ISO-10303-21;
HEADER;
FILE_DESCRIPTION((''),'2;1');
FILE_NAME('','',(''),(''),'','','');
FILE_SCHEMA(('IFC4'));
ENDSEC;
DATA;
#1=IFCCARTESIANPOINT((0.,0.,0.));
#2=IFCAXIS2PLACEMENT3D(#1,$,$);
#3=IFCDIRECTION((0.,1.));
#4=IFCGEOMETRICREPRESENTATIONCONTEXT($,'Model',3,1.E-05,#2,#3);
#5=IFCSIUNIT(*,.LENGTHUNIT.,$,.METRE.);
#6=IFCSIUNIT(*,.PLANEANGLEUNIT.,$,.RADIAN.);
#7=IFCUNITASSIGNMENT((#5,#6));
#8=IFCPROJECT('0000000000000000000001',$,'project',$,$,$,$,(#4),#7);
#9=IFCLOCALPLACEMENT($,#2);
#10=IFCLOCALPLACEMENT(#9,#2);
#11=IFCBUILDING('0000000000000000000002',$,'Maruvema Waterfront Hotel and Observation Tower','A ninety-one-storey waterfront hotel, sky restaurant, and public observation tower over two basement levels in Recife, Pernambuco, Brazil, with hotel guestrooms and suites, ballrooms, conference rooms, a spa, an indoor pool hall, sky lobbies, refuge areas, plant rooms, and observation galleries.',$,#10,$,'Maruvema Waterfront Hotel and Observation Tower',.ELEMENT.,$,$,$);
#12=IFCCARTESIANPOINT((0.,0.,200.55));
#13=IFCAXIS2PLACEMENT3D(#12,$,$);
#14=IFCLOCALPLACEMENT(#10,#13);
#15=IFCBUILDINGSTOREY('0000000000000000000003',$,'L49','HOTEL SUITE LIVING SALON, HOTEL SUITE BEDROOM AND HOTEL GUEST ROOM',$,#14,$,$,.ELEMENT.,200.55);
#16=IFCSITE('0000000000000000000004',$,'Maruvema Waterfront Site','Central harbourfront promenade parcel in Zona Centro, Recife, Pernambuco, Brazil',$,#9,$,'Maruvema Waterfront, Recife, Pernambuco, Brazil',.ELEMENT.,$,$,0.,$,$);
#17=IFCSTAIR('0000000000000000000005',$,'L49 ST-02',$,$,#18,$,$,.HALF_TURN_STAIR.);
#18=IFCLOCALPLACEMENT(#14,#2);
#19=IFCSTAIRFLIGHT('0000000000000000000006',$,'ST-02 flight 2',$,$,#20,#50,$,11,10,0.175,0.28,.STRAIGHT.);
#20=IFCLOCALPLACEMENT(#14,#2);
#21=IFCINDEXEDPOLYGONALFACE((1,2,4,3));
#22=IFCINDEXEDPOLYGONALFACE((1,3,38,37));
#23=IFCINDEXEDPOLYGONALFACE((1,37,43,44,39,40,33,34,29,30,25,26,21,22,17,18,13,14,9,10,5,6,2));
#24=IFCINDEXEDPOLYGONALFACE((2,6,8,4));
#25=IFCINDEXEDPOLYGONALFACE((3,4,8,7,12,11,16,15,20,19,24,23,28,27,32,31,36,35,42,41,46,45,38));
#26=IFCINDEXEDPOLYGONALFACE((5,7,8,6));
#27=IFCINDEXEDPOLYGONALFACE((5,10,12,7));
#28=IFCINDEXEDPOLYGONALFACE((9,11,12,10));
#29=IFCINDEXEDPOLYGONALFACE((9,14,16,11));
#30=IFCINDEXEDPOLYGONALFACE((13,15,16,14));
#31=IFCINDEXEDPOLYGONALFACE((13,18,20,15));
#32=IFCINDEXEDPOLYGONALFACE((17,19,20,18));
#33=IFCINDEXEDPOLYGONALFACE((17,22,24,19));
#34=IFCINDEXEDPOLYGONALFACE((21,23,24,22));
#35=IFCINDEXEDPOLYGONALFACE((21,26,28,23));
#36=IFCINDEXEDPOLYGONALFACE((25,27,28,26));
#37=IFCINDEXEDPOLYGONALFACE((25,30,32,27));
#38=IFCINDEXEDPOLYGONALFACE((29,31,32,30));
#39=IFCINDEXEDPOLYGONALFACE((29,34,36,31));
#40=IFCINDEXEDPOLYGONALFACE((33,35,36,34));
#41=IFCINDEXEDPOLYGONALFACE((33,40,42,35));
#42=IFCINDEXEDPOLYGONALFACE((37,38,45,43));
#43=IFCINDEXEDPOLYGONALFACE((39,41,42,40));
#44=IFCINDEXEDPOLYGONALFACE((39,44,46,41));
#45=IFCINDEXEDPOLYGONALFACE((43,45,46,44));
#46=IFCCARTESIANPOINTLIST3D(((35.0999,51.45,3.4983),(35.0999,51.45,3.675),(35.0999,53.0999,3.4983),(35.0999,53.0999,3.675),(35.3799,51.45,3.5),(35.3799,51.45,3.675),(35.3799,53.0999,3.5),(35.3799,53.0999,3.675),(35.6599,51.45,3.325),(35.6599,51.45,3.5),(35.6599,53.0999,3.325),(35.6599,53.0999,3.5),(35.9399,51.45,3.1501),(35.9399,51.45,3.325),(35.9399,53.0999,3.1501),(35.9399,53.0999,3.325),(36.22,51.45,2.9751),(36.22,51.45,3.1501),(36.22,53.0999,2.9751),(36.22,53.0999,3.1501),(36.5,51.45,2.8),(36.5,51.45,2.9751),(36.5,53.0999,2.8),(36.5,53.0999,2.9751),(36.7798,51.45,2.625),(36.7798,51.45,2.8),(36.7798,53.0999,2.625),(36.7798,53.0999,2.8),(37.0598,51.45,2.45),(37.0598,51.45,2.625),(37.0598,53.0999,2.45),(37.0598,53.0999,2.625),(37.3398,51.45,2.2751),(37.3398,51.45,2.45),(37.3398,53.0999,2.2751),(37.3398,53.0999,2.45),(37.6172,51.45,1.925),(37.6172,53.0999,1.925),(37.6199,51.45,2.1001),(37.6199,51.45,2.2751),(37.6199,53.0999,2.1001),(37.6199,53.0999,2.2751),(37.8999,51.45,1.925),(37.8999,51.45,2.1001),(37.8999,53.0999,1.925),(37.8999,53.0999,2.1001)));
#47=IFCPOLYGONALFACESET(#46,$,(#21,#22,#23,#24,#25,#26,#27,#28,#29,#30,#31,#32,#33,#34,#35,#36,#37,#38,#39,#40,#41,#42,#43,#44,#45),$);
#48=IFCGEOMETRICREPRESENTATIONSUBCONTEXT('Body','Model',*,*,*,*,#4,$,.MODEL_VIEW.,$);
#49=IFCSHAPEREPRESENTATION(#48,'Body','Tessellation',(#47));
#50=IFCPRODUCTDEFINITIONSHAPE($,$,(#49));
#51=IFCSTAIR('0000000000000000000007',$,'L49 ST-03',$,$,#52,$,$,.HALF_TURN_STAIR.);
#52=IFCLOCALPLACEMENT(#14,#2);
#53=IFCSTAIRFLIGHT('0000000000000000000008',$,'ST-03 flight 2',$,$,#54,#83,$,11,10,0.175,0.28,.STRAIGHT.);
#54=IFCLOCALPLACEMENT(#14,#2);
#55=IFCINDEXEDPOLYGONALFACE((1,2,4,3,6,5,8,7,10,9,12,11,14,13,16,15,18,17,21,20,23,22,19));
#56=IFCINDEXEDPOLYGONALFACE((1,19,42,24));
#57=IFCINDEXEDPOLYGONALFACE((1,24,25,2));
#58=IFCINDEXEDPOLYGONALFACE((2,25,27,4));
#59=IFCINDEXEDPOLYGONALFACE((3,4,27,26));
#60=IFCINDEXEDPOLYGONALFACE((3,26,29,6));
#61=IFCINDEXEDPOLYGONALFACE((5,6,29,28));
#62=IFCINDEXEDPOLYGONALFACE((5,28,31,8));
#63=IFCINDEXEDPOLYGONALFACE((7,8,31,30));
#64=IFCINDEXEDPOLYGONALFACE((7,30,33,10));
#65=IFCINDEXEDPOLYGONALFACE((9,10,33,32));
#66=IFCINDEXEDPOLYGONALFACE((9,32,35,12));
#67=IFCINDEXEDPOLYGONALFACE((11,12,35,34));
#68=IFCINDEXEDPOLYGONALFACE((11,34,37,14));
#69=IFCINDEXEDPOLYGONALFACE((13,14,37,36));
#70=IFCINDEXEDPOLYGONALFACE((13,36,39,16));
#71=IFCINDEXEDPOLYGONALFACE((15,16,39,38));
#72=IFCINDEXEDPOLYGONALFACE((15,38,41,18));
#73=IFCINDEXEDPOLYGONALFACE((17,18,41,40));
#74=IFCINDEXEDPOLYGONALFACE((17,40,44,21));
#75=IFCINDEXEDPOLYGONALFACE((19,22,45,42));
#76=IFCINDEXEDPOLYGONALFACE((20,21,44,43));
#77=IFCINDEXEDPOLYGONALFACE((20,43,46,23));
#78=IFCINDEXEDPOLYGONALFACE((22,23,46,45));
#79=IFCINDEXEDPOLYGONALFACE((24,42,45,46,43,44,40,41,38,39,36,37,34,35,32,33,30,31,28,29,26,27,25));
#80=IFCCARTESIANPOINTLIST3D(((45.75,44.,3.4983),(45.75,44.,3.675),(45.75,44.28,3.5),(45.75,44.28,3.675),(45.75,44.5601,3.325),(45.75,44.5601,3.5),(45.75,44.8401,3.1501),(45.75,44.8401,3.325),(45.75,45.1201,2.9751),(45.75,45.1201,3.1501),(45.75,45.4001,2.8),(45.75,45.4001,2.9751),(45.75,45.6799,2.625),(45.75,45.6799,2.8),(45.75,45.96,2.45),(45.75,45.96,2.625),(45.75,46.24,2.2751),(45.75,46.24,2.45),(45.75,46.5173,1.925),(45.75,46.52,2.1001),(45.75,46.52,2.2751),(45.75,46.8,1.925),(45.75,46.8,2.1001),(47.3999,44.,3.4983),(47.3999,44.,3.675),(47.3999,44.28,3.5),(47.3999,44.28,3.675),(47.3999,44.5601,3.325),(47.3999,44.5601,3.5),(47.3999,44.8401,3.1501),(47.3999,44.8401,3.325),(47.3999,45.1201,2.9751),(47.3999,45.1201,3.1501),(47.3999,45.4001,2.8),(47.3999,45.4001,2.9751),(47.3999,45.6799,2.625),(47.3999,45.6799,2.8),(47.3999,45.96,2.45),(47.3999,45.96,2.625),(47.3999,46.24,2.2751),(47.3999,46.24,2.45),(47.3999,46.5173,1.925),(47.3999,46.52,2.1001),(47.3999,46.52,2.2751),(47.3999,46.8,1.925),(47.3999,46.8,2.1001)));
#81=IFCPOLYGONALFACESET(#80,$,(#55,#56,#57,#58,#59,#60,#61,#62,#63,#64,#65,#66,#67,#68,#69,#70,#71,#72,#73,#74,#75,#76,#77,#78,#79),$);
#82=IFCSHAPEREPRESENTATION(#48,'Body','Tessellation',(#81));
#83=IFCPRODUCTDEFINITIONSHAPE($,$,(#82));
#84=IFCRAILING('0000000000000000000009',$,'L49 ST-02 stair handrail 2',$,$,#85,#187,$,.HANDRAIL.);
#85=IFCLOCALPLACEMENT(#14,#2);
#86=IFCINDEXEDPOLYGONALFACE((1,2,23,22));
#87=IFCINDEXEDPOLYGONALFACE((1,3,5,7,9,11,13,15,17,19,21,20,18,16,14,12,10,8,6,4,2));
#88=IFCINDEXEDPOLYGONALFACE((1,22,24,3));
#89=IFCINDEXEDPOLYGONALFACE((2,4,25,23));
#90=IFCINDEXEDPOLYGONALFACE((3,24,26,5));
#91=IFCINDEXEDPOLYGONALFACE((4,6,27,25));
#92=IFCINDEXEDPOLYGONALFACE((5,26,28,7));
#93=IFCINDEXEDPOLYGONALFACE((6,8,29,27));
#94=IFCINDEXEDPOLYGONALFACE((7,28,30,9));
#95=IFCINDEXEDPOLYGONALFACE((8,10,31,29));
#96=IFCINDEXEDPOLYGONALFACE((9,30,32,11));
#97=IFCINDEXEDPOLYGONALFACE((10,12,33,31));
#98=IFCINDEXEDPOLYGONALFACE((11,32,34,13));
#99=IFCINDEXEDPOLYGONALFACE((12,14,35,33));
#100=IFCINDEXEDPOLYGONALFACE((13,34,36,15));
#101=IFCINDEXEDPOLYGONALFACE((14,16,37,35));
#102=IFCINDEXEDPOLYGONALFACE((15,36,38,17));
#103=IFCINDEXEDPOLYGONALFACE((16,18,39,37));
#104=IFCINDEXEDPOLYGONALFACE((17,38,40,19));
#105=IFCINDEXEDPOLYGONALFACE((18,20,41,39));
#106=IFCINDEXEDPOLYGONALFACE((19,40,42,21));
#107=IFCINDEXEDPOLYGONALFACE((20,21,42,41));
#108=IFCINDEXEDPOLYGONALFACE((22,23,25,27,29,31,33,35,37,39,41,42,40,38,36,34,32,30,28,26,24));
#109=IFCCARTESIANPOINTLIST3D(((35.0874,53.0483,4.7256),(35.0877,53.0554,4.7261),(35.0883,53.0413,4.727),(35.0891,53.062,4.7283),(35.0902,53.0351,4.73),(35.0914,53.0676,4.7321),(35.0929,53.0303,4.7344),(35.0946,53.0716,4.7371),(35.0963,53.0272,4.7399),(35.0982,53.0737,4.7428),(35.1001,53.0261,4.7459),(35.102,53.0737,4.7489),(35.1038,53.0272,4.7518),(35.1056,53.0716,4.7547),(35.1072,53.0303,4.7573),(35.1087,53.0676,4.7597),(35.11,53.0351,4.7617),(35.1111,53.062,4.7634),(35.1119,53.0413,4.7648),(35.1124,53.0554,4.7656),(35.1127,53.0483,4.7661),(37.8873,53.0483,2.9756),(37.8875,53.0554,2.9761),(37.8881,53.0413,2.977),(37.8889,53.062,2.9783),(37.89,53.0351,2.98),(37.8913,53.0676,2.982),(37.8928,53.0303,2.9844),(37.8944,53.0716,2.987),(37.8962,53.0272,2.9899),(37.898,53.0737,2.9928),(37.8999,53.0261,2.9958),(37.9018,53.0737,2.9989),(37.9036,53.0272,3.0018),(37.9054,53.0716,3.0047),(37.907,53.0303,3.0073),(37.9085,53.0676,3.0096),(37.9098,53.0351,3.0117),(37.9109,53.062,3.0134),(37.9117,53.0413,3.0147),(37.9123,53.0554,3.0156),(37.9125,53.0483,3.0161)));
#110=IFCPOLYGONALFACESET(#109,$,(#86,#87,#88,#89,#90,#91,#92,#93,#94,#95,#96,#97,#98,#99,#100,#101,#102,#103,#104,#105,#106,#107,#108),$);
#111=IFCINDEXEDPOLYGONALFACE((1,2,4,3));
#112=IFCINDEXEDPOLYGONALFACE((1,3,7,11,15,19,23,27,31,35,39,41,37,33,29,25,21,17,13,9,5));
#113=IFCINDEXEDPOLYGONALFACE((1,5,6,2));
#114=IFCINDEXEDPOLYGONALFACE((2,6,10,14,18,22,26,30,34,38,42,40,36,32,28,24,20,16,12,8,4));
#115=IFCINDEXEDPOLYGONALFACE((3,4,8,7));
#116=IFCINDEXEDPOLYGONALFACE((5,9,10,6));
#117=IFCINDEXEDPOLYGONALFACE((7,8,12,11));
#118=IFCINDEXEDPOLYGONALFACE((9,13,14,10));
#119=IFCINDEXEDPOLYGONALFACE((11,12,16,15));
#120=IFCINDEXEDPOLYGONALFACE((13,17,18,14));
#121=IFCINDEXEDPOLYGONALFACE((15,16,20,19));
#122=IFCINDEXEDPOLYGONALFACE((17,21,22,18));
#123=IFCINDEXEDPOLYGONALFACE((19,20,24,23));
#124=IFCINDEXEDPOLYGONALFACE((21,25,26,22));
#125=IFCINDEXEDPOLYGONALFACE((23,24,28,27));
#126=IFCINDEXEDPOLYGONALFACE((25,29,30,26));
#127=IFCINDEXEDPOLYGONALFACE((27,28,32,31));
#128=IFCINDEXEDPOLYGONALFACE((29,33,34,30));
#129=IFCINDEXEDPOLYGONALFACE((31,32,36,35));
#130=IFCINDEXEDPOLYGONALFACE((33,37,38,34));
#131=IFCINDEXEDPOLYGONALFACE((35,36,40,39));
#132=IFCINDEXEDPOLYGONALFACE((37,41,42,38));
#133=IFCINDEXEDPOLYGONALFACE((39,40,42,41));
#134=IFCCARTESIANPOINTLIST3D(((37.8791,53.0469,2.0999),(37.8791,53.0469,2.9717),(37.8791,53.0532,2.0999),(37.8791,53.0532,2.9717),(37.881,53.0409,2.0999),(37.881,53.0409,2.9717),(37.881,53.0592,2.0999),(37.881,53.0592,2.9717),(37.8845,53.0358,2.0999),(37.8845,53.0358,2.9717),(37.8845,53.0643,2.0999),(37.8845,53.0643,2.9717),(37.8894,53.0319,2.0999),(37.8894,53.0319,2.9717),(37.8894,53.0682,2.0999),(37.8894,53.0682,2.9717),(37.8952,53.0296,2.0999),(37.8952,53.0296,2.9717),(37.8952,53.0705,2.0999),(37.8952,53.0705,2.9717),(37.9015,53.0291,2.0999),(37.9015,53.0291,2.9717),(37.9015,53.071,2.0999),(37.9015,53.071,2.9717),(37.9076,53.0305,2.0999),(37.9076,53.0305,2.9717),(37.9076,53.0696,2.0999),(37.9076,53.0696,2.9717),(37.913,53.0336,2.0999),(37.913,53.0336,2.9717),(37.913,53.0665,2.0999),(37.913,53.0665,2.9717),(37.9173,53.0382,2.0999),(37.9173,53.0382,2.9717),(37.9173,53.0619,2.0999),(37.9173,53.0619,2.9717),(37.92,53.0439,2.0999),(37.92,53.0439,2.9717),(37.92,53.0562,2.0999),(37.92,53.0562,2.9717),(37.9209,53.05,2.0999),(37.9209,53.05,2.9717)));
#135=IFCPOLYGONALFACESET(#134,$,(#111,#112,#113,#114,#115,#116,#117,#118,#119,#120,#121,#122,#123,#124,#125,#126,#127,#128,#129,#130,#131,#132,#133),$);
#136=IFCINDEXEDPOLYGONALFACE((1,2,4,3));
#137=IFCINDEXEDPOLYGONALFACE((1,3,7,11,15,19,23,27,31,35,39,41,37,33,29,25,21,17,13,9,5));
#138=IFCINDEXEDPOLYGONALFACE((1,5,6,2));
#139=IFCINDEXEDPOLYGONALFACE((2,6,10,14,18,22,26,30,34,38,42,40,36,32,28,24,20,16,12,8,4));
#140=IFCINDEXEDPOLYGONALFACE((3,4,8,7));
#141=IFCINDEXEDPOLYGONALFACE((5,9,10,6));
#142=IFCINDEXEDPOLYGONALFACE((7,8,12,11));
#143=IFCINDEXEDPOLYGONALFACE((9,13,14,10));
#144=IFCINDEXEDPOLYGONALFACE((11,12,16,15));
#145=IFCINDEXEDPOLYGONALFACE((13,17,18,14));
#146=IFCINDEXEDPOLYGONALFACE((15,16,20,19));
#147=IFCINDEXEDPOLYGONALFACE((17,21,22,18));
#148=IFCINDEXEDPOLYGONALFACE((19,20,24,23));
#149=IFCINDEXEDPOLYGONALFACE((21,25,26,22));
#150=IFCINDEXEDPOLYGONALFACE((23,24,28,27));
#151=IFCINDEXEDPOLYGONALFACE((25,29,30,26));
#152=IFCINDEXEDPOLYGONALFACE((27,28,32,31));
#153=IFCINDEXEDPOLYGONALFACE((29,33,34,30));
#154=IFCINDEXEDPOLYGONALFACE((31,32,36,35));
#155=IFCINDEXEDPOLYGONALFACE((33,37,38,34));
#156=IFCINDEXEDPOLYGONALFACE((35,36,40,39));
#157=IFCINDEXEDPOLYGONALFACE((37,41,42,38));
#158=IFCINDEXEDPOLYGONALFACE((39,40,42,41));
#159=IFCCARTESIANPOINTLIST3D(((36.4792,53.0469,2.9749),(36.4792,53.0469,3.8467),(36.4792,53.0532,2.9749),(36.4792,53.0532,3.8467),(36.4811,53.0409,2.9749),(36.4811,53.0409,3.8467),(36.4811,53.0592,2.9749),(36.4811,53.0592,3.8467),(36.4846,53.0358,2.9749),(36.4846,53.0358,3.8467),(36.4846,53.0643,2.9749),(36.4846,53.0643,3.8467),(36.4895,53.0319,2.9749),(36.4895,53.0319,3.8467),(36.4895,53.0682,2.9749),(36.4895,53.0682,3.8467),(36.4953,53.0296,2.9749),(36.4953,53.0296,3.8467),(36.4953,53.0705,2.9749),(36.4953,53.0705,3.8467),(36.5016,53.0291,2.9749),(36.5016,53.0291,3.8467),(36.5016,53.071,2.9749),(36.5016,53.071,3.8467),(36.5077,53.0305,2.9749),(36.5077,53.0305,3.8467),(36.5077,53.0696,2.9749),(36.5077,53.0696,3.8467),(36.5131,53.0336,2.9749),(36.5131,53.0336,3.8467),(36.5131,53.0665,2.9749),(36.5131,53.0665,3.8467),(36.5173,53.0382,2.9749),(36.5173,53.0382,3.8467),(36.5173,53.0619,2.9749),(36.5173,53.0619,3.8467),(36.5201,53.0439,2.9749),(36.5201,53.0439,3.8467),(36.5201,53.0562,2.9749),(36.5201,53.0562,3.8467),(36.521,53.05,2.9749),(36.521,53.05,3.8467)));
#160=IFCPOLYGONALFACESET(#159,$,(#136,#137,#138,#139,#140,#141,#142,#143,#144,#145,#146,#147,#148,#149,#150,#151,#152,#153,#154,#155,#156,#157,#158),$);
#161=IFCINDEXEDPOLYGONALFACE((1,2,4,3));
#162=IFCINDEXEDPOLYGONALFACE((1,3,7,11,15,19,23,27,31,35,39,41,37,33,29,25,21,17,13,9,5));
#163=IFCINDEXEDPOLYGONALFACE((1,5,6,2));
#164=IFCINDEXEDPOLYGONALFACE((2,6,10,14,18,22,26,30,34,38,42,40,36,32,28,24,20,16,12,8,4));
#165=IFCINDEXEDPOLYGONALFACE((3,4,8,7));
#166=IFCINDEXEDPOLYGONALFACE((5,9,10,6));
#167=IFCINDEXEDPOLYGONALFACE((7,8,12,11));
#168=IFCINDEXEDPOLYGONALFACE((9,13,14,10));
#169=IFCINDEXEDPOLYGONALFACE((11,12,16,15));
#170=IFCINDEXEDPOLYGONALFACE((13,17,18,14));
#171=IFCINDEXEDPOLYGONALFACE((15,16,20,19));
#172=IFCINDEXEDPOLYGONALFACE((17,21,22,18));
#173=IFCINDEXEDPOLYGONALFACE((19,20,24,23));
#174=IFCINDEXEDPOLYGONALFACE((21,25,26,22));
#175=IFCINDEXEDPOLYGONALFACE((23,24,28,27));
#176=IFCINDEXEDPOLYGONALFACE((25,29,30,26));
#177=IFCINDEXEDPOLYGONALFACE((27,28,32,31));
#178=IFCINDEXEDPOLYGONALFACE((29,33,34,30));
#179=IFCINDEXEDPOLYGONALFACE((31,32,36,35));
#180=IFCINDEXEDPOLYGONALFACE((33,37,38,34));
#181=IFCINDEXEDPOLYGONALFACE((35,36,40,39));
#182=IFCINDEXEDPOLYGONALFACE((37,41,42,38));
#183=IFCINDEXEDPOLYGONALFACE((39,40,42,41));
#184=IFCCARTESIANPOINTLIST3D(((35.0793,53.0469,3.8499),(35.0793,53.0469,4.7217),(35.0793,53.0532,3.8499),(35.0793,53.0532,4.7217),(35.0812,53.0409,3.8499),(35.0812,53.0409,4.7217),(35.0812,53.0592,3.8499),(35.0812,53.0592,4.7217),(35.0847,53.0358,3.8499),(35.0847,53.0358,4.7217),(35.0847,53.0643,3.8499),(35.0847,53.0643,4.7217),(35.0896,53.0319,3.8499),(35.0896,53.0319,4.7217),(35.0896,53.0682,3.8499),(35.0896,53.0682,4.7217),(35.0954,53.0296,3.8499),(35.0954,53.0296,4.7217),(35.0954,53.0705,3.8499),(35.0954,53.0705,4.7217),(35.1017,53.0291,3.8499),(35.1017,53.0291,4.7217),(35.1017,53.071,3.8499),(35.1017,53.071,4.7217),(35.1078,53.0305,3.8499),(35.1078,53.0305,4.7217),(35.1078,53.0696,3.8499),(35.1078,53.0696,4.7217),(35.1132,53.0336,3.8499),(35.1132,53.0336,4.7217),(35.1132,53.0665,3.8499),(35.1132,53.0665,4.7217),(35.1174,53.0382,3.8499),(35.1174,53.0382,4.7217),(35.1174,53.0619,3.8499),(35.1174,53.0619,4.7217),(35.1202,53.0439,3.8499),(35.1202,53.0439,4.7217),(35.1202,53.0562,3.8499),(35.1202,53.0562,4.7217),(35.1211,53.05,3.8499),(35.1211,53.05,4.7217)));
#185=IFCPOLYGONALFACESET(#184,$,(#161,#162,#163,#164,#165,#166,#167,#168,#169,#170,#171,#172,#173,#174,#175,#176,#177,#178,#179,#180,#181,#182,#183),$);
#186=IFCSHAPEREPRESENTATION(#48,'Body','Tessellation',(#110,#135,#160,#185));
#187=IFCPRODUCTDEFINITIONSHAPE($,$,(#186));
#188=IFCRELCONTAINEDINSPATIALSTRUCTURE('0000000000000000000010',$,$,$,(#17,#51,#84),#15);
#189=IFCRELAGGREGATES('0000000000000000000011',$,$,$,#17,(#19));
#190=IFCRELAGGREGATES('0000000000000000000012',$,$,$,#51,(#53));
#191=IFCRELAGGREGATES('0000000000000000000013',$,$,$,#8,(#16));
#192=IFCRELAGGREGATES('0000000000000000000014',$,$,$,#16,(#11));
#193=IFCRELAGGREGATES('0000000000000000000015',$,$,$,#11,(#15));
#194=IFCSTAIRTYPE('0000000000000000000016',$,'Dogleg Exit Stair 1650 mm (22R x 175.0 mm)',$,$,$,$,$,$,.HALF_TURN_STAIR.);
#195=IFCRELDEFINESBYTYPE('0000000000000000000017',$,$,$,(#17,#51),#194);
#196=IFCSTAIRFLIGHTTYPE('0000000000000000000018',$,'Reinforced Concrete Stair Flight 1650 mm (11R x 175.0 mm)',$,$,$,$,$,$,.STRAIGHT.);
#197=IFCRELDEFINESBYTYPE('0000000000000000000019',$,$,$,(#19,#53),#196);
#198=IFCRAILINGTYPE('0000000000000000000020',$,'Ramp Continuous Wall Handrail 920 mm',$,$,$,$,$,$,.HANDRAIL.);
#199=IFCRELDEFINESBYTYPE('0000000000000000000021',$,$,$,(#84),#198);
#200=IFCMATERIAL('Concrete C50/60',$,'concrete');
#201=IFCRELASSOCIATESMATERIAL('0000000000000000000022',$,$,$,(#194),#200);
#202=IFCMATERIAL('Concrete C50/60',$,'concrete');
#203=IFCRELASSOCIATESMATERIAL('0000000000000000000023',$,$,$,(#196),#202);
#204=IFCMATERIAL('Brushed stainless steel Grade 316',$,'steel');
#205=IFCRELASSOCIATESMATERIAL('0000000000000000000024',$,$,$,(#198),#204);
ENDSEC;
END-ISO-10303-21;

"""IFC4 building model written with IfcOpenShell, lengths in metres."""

from ifc_helpers import new_model, si_unit, direction, frame, origin, origin_2d, place, context, subcontext, project, spatial, polyline, circle, outline, extrude, material, type_object, element, aggregate, save


model = new_model("IFC4")

# Units and contexts
model_context = context("Model", 3, precision=1e-05, world=origin(), true_north=direction((0.0, 1.0)))
body_context = subcontext(model_context, "Body", "Model", "MODEL_VIEW")
ifc_project = project(units=[si_unit("LENGTHUNIT", "METRE"), si_unit("PLANEANGLEUNIT", "RADIAN")], contexts=[model_context])

# Site, building, storey
site_placement = place(None, origin())
site = spatial("IfcSite", under=ifc_project, at=site_placement, Name="Maruvema Waterfront Site", Description="Central harbourfront promenade parcel in Zona Centro, Recife, Pernambuco, Brazil", LongName="Maruvema Waterfront, Recife, Pernambuco, Brazil", CompositionType="ELEMENT", RefElevation=0.0)
building_placement = place(site_placement, origin())
building = spatial("IfcBuilding", under=site, at=building_placement, Name="Maruvema Waterfront Hotel and Observation Tower", Description="A ninety-one-storey waterfront hotel, sky restaurant, and public observation tower over two basement levels in Recife, Pernambuco, Brazil, with hotel guestrooms and suites, ballrooms, conference rooms, a spa, an indoor pool hall, sky lobbies, refuge areas, plant rooms, and observation galleries.", LongName="Maruvema Waterfront Hotel and Observation Tower", CompositionType="ELEMENT")
storey_placement = place(building_placement, frame((0.0, 0.0, 200.55)))
storey = spatial("IfcBuildingStorey", under=building, at=storey_placement, Name="L49", Description="HOTEL SUITE LIVING SALON, HOTEL SUITE BEDROOM AND HOTEL GUEST ROOM", CompositionType="ELEMENT", Elevation=200.55)

# Stairs, stair flights
ifc_material_1 = material(Name="Concrete C50/60", Category="concrete")
stair_type = type_object("IfcStairType", Name="Dogleg Exit Stair 1650 mm (22R x 175.0 mm)", PredefinedType="HALF_TURN_STAIR", material=ifc_material_1)
stair_1_placement = place(storey_placement, origin())
stair_1 = element("IfcStair", 1, at=stair_1_placement, inside=storey, type_object=stair_type, Name="L49 ST-02", PredefinedType="HALF_TURN_STAIR")
ifc_material_2 = material(Name="Concrete C50/60", Category="concrete")
stair_flight_type = type_object("IfcStairFlightType", Name="Reinforced Concrete Stair Flight 1650 mm (11R x 175.0 mm)", PredefinedType="STRAIGHT", material=ifc_material_2)
stair_flight_1_placement = place(storey_placement, frame((37.8999, 52.2749, 1.925), z_axis=(0.0, 0.0, 1.0), x_axis=(-1.0, 0.0, 0.0)))
stair_flight_1 = element("IfcStairFlight", 2, at=stair_flight_1_placement, type_object=stair_flight_type, Name="ST-02 flight 2", NumberOfRisers=11, NumberOfTreads=10, PredefinedType="STRAIGHT", RiserHeight=0.175, TreadLength=0.28, context=body_context, shape_type="SweptSolid", body=[
    extrude(outline(polyline([(0.0, 0.0), (0.0, 0.175), (0.28, 0.175), (0.28, 0.3501), (0.5601, 0.3501), (0.5601, 0.5249), (0.8401, 0.5249), (0.8401, 0.7), (1.1201, 0.7), (1.1201, 0.875), (1.3999, 0.875), (1.3999, 1.05), (1.6799, 1.05), (1.6799, 1.2251), (1.96, 1.2251), (1.96, 1.3999), (2.24, 1.3999), (2.24, 1.575), (2.52, 1.575), (2.52, 1.75), (2.8, 1.75), (2.8, 1.925), (2.8, 1.5732), (0.2827, 0.0), (0.0, 0.0)])), frame((0.0, 0.825, 0.0), z_axis=(0.0, -1.0, 0.0), x_axis=(1.0, 0.0, 0.0)), (0.0, 0.0, 1.0), 1.6499),
])
aggregate(stair_1, [stair_flight_1])
stair_2_placement = place(storey_placement, origin())
stair_2 = element("IfcStair", 3, at=stair_2_placement, inside=storey, type_object=stair_type, Name="L49 ST-03", PredefinedType="HALF_TURN_STAIR")
stair_flight_2_placement = place(storey_placement, frame((46.575, 46.8, 1.925), z_axis=(0.0, 0.0, 1.0), x_axis=(0.0, -1.0, 0.0)))
stair_flight_2 = element("IfcStairFlight", 4, at=stair_flight_2_placement, type_object=stair_flight_type, Name="ST-03 flight 2", NumberOfRisers=11, NumberOfTreads=10, PredefinedType="STRAIGHT", RiserHeight=0.175, TreadLength=0.28, context=body_context, shape_type="SweptSolid", body=[
    extrude(outline(polyline([(0.0, 0.0), (0.0, 0.175), (0.28, 0.175), (0.28, 0.3501), (0.5601, 0.3501), (0.5601, 0.5249), (0.8401, 0.5249), (0.8401, 0.7), (1.1201, 0.7), (1.1201, 0.875), (1.3999, 0.875), (1.3999, 1.05), (1.6799, 1.05), (1.6799, 1.2251), (1.96, 1.2251), (1.96, 1.3999), (2.24, 1.3999), (2.24, 1.575), (2.52, 1.575), (2.52, 1.75), (2.8, 1.75), (2.8, 1.925), (2.8, 1.5732), (0.2827, 0.0), (0.0, 0.0)])), frame((0.0, 0.825, 0.0), z_axis=(0.0, -1.0, 0.0), x_axis=(1.0, 0.0, 0.0)), (0.0, 0.0, 1.0), 1.6499),
])
aggregate(stair_2, [stair_flight_2])

# Railing
ifc_material_3 = material(Name="Brushed stainless steel Grade 316", Category="steel")
railing_type_1 = type_object("IfcRailingType", Name="Ramp Continuous Wall Handrail 920 mm", PredefinedType="HANDRAIL", material=ifc_material_3)
railing_1_placement = place(storey_placement, frame((37.8999, 53.05, 2.0999)))
element("IfcRailing", 5, at=railing_1_placement, inside=storey, type_object=railing_type_1, Name="L49 ST-02 stair handrail 2", PredefinedType="HANDRAIL", context=body_context, shape_type="SweptSolid", body=[
    extrude(circle(Radius=0.0239, at=origin_2d()), frame((0.0, 0.0, 0.896), z_axis=(-0.847982, 0.0, 0.530026), x_axis=(0.0, -1.0, 0.0)), (0.0, 0.0, 1.0), 3.3018),
    extrude(circle(Radius=0.021, at=origin_2d()), origin(), (0.0, 0.0, 1.0), 0.8718),
    extrude(circle(Radius=0.021, at=origin_2d()), frame((-1.3999, 0.0, 0.875)), (0.0, 0.0, 1.0), 0.8718),
    extrude(circle(Radius=0.021, at=origin_2d()), frame((-2.7998, 0.0, 1.75)), (0.0, 0.0, 1.0), 0.8718),
])

save(model, "model.ifc")
